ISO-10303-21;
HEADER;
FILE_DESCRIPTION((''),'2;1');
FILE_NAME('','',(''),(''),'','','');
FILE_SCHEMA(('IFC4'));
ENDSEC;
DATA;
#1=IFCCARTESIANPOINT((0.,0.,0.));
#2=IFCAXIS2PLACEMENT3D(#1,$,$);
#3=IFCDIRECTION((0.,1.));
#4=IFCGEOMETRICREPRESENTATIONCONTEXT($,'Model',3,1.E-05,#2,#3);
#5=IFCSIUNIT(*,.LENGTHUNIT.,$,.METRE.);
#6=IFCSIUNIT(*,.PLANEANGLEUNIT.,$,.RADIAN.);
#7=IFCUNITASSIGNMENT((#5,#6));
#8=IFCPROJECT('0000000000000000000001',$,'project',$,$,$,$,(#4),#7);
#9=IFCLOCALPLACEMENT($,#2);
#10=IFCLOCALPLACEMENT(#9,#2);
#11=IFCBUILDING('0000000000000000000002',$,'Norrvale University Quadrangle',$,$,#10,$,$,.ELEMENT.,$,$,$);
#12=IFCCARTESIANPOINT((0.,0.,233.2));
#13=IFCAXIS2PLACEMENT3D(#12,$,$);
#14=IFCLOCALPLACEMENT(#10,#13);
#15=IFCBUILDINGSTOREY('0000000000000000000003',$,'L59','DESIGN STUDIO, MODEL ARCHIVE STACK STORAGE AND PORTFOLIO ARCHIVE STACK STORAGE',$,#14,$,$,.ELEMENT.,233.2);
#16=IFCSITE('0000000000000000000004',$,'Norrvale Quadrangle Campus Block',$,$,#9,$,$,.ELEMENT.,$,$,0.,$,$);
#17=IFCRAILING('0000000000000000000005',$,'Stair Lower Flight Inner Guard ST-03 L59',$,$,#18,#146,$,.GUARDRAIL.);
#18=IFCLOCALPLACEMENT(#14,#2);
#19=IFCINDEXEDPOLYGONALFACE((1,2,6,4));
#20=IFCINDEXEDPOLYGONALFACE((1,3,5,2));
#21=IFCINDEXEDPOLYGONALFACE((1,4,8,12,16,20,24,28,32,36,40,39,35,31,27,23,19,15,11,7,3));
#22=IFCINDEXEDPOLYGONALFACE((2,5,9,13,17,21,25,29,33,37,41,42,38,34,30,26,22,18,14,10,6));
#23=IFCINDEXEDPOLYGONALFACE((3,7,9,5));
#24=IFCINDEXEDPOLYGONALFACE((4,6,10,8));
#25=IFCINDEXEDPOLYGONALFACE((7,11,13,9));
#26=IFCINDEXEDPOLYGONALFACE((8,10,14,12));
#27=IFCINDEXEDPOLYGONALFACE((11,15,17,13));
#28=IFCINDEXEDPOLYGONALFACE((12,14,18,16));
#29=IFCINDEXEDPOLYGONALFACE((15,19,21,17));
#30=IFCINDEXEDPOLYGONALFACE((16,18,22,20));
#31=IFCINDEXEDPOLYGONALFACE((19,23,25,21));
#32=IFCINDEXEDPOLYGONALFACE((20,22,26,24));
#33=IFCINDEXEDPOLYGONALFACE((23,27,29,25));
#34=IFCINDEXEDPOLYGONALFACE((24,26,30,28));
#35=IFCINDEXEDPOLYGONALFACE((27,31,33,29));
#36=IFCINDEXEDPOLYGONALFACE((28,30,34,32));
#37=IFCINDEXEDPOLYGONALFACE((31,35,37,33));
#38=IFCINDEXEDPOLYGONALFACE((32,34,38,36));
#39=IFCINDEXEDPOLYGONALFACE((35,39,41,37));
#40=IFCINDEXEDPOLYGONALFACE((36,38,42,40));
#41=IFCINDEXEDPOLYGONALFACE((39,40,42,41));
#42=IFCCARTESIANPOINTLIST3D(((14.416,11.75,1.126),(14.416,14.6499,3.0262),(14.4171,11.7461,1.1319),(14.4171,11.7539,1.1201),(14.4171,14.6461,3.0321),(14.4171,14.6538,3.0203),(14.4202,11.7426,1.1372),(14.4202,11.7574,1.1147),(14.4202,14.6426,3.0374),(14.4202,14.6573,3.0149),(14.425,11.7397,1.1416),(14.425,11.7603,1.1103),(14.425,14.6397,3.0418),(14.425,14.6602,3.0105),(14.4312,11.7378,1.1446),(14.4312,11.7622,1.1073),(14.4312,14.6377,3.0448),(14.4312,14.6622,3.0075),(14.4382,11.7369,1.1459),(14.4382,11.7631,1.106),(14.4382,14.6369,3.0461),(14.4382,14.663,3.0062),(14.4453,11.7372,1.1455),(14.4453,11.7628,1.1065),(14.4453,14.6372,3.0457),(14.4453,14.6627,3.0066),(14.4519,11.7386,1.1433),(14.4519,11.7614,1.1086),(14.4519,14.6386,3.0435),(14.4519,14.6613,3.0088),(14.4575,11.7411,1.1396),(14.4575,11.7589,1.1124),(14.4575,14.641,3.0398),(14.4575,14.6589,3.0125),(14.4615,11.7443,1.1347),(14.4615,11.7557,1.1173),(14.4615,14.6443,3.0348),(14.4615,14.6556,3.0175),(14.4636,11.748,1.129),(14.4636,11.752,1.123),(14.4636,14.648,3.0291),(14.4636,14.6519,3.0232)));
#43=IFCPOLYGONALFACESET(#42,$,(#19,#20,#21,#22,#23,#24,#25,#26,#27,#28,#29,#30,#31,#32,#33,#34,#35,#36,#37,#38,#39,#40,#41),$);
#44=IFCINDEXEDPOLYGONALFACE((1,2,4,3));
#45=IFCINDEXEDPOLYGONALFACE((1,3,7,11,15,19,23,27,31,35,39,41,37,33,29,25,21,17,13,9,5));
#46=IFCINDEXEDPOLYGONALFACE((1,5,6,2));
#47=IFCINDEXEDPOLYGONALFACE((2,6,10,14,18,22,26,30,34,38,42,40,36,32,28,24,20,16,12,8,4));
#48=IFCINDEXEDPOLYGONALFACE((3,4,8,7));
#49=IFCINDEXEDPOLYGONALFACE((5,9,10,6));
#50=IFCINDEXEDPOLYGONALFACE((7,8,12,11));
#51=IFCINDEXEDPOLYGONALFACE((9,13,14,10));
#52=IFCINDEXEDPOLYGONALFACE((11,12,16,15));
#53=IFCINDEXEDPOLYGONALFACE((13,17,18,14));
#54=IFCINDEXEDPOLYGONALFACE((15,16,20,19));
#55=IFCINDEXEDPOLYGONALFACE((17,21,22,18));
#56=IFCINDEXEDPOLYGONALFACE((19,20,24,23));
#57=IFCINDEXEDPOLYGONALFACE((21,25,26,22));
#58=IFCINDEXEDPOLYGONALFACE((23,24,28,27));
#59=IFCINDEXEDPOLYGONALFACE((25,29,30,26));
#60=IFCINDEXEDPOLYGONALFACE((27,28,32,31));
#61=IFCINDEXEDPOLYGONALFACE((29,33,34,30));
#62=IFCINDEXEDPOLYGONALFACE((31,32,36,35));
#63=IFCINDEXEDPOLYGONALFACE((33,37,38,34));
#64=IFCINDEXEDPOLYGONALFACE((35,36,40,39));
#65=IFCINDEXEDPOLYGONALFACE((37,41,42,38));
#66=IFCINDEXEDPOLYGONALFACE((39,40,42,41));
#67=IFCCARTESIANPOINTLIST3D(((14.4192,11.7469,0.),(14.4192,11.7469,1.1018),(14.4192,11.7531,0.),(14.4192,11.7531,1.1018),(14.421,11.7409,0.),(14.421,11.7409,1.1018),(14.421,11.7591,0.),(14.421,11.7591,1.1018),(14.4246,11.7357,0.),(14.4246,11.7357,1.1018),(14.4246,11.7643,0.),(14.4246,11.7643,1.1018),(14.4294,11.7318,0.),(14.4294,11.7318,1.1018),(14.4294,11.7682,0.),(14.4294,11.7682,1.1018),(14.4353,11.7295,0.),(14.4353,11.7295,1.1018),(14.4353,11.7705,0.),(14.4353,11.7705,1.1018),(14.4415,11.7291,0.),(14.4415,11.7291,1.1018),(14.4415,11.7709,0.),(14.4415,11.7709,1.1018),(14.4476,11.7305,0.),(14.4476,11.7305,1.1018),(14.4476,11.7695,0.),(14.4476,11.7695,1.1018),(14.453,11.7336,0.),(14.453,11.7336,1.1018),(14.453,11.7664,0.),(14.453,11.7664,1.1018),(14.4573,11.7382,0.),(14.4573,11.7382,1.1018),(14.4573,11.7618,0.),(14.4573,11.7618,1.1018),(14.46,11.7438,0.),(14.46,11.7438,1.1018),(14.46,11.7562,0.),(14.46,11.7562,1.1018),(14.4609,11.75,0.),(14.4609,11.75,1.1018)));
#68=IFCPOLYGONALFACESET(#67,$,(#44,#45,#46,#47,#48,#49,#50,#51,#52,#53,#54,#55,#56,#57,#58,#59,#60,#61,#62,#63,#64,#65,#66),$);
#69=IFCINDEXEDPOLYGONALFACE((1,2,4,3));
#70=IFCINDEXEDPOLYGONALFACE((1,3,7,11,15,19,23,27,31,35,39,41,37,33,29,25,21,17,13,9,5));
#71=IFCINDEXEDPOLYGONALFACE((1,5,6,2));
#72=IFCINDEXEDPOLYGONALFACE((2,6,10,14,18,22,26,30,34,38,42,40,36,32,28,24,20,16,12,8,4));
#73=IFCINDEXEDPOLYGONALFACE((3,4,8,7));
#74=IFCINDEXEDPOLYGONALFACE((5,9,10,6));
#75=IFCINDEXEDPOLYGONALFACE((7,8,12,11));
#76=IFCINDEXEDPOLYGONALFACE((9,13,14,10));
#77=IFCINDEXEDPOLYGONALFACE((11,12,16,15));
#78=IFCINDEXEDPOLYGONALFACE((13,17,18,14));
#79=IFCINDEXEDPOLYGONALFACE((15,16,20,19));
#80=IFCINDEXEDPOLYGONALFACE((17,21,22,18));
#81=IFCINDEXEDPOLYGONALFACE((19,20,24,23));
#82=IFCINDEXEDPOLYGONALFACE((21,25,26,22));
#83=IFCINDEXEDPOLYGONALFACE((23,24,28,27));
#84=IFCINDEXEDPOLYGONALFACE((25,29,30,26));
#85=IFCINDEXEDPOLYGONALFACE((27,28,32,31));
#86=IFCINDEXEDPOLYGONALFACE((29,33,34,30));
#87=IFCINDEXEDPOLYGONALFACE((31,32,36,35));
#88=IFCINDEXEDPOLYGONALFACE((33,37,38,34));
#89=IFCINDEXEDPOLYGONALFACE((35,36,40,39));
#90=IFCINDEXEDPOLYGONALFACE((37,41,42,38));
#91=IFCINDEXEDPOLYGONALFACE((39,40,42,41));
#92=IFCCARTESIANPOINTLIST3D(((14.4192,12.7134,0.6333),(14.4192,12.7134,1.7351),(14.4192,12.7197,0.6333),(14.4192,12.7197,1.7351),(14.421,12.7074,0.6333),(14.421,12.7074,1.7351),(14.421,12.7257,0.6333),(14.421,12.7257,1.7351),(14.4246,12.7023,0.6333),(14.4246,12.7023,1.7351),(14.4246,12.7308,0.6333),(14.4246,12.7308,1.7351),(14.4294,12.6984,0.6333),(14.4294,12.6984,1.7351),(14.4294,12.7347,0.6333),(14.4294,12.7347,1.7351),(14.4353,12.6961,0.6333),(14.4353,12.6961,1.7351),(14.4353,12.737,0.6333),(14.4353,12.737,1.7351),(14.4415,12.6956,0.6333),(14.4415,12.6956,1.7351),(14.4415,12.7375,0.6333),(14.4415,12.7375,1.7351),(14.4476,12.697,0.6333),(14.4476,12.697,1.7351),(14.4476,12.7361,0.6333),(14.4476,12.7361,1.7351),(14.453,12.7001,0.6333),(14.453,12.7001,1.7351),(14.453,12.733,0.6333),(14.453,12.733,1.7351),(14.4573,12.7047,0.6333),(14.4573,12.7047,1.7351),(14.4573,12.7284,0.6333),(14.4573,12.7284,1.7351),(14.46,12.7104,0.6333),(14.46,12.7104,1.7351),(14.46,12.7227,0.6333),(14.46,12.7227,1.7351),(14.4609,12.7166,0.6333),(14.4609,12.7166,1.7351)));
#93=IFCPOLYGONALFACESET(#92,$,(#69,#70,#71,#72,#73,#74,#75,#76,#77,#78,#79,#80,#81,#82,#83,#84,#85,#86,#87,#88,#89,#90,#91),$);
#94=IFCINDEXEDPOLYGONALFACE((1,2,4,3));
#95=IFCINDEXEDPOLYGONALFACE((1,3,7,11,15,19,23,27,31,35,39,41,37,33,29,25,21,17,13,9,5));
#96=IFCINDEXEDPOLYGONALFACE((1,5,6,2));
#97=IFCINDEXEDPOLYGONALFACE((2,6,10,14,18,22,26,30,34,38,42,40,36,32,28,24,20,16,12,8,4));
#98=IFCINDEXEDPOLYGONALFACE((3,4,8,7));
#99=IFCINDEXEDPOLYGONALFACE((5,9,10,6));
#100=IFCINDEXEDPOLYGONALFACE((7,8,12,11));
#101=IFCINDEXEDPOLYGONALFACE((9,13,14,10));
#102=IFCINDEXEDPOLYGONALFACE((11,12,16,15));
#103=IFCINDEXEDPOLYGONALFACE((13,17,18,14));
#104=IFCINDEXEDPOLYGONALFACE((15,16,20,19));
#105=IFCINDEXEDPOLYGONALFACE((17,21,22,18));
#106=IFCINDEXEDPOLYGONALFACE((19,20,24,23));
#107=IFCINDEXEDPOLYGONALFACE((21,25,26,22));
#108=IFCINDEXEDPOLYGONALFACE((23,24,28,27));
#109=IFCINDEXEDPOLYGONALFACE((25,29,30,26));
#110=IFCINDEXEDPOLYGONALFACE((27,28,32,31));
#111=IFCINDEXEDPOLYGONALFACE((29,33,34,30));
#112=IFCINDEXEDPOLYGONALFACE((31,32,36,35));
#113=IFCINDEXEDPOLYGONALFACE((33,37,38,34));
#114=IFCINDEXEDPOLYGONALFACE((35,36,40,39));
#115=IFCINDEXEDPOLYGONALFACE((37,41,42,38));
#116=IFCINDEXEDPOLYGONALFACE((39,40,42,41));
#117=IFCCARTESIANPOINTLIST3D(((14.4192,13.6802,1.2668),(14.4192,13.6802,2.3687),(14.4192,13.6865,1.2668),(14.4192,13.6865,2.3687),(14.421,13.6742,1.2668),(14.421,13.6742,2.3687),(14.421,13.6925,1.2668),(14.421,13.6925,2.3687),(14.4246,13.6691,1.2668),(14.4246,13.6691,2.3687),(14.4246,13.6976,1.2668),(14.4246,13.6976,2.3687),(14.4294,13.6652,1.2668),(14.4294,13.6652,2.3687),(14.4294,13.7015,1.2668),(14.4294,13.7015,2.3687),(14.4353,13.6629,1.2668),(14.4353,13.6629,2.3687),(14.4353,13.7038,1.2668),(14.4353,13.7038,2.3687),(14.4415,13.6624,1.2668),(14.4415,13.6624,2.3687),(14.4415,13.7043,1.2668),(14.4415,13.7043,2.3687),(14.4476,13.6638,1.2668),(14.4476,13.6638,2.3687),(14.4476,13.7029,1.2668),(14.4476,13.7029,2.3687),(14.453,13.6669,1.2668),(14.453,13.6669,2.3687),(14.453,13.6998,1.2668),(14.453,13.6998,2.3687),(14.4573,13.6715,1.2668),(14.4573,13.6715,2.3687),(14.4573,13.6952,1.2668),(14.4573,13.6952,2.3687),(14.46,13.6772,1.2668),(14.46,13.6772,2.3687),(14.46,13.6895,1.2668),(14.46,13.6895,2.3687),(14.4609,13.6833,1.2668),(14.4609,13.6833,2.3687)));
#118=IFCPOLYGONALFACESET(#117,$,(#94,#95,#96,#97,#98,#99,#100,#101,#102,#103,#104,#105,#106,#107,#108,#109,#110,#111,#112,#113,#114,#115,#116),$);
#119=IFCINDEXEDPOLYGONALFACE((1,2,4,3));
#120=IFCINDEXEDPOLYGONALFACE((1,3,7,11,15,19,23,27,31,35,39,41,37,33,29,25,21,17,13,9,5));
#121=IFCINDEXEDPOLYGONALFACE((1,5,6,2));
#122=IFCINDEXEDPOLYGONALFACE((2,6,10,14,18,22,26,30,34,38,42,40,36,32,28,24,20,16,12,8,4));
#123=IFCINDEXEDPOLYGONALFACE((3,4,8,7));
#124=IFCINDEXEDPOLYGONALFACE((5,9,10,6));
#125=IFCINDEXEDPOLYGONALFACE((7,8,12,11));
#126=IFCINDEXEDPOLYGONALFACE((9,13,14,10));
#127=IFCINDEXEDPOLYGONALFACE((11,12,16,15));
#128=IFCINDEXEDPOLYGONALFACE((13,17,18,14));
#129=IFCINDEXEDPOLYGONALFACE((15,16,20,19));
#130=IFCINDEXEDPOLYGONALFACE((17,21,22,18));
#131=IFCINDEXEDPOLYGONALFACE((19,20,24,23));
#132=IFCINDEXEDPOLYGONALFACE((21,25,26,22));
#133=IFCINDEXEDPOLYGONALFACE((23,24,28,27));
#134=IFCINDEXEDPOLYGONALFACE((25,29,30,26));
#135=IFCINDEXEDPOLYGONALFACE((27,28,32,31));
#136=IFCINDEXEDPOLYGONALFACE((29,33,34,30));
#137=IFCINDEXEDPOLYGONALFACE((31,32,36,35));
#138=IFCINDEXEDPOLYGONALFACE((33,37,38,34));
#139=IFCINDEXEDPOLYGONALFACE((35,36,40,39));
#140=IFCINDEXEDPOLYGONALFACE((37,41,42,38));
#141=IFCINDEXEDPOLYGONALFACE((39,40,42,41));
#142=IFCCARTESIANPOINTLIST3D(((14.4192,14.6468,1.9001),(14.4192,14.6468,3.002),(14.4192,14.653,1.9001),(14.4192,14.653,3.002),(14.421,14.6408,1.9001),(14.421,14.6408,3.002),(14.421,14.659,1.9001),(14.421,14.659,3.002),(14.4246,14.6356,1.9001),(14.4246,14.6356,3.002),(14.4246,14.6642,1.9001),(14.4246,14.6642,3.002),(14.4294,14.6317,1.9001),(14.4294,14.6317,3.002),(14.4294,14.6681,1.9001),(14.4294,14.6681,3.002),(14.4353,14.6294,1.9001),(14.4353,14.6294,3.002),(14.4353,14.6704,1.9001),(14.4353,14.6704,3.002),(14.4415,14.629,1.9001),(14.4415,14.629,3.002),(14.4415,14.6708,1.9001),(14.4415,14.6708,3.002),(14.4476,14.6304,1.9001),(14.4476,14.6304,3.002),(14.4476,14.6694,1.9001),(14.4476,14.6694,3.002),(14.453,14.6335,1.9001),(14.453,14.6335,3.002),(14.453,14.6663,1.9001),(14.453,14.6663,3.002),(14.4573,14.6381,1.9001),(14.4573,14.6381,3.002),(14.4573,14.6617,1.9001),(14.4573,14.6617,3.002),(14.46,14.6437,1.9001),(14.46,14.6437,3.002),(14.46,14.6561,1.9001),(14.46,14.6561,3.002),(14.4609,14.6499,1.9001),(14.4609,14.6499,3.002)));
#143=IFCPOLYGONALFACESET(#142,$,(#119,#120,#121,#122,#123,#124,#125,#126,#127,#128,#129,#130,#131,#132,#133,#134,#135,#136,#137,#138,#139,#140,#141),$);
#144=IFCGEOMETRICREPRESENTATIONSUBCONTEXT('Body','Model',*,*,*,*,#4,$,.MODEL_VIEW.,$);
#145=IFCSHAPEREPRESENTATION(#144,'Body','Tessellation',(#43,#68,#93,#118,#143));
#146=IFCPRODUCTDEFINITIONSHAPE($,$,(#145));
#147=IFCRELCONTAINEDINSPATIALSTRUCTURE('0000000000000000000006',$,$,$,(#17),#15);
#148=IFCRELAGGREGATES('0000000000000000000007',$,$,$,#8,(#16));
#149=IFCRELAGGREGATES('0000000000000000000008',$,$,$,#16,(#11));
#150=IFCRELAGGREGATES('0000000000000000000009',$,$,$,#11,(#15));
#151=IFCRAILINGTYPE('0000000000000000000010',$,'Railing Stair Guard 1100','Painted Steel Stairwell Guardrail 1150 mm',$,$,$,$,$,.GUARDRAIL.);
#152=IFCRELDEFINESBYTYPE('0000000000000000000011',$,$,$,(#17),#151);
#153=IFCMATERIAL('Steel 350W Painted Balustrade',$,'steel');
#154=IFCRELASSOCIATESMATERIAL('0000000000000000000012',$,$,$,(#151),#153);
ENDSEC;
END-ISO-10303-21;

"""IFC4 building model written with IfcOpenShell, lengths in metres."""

from ifc_helpers import new_model, si_unit, direction, frame, origin, origin_2d, place, context, subcontext, project, spatial, circle, extrude, material, type_object, element, save


model = new_model("IFC4")

# Units and contexts
model_context = context("Model", 3, precision=1e-05, world=origin(), true_north=direction((0.0, 1.0)))
body_context = subcontext(model_context, "Body", "Model", "MODEL_VIEW")
ifc_project = project(units=[si_unit("LENGTHUNIT", "METRE"), si_unit("PLANEANGLEUNIT", "RADIAN")], contexts=[model_context])

# Site, building, storey
site_placement = place(None, origin())
site = spatial("IfcSite", under=ifc_project, at=site_placement, Name="Norrvale Quadrangle Campus Block", CompositionType="ELEMENT", RefElevation=0.0)
building_placement = place(site_placement, origin())
building = spatial("IfcBuilding", under=site, at=building_placement, Name="Norrvale University Quadrangle", CompositionType="ELEMENT")
storey_placement = place(building_placement, frame((0.0, 0.0, 233.2)))
storey = spatial("IfcBuildingStorey", under=building, at=storey_placement, Name="L59", Description="DESIGN STUDIO, MODEL ARCHIVE STACK STORAGE AND PORTFOLIO ARCHIVE STACK STORAGE", CompositionType="ELEMENT", Elevation=233.2)

# Railing
ifc_material_1 = material(Name="Steel 350W Painted Balustrade", Category="steel")
railing_type_1 = type_object("IfcRailingType", Name="Railing Stair Guard 1100", Description="Painted Steel Stairwell Guardrail 1150 mm", PredefinedType="GUARDRAIL", material=ifc_material_1)
railing_1_placement = place(storey_placement, frame((14.4399, 11.75, 0.0)))
element("IfcRailing", 1, at=railing_1_placement, inside=storey, type_object=railing_type_1, Name="Stair Lower Flight Inner Guard ST-03 L59", PredefinedType="GUARDRAIL", context=body_context, shape_type="SweptSolid", body=[
    extrude(circle(Radius=0.0239, at=origin_2d()), frame((0.0, 0.0, 1.126), z_axis=(0.0, 0.836433, 0.548069), x_axis=(-1.0, 0.0, 0.0)), (0.0, 0.0, 1.0), 3.467),
    extrude(circle(Radius=0.021, at=origin_2d()), origin(), (0.0, 0.0, 1.0), 1.1018),
    extrude(circle(Radius=0.021, at=origin_2d()), frame((0.0, 0.9666, 0.6333)), (0.0, 0.0, 1.0), 1.1018),
    extrude(circle(Radius=0.021, at=origin_2d()), frame((0.0, 1.9333, 1.2668)), (0.0, 0.0, 1.0), 1.1018),
    extrude(circle(Radius=0.021, at=origin_2d()), frame((0.0, 2.8999, 1.9001)), (0.0, 0.0, 1.0), 1.1018),
])

save(model, "model.ifc")
